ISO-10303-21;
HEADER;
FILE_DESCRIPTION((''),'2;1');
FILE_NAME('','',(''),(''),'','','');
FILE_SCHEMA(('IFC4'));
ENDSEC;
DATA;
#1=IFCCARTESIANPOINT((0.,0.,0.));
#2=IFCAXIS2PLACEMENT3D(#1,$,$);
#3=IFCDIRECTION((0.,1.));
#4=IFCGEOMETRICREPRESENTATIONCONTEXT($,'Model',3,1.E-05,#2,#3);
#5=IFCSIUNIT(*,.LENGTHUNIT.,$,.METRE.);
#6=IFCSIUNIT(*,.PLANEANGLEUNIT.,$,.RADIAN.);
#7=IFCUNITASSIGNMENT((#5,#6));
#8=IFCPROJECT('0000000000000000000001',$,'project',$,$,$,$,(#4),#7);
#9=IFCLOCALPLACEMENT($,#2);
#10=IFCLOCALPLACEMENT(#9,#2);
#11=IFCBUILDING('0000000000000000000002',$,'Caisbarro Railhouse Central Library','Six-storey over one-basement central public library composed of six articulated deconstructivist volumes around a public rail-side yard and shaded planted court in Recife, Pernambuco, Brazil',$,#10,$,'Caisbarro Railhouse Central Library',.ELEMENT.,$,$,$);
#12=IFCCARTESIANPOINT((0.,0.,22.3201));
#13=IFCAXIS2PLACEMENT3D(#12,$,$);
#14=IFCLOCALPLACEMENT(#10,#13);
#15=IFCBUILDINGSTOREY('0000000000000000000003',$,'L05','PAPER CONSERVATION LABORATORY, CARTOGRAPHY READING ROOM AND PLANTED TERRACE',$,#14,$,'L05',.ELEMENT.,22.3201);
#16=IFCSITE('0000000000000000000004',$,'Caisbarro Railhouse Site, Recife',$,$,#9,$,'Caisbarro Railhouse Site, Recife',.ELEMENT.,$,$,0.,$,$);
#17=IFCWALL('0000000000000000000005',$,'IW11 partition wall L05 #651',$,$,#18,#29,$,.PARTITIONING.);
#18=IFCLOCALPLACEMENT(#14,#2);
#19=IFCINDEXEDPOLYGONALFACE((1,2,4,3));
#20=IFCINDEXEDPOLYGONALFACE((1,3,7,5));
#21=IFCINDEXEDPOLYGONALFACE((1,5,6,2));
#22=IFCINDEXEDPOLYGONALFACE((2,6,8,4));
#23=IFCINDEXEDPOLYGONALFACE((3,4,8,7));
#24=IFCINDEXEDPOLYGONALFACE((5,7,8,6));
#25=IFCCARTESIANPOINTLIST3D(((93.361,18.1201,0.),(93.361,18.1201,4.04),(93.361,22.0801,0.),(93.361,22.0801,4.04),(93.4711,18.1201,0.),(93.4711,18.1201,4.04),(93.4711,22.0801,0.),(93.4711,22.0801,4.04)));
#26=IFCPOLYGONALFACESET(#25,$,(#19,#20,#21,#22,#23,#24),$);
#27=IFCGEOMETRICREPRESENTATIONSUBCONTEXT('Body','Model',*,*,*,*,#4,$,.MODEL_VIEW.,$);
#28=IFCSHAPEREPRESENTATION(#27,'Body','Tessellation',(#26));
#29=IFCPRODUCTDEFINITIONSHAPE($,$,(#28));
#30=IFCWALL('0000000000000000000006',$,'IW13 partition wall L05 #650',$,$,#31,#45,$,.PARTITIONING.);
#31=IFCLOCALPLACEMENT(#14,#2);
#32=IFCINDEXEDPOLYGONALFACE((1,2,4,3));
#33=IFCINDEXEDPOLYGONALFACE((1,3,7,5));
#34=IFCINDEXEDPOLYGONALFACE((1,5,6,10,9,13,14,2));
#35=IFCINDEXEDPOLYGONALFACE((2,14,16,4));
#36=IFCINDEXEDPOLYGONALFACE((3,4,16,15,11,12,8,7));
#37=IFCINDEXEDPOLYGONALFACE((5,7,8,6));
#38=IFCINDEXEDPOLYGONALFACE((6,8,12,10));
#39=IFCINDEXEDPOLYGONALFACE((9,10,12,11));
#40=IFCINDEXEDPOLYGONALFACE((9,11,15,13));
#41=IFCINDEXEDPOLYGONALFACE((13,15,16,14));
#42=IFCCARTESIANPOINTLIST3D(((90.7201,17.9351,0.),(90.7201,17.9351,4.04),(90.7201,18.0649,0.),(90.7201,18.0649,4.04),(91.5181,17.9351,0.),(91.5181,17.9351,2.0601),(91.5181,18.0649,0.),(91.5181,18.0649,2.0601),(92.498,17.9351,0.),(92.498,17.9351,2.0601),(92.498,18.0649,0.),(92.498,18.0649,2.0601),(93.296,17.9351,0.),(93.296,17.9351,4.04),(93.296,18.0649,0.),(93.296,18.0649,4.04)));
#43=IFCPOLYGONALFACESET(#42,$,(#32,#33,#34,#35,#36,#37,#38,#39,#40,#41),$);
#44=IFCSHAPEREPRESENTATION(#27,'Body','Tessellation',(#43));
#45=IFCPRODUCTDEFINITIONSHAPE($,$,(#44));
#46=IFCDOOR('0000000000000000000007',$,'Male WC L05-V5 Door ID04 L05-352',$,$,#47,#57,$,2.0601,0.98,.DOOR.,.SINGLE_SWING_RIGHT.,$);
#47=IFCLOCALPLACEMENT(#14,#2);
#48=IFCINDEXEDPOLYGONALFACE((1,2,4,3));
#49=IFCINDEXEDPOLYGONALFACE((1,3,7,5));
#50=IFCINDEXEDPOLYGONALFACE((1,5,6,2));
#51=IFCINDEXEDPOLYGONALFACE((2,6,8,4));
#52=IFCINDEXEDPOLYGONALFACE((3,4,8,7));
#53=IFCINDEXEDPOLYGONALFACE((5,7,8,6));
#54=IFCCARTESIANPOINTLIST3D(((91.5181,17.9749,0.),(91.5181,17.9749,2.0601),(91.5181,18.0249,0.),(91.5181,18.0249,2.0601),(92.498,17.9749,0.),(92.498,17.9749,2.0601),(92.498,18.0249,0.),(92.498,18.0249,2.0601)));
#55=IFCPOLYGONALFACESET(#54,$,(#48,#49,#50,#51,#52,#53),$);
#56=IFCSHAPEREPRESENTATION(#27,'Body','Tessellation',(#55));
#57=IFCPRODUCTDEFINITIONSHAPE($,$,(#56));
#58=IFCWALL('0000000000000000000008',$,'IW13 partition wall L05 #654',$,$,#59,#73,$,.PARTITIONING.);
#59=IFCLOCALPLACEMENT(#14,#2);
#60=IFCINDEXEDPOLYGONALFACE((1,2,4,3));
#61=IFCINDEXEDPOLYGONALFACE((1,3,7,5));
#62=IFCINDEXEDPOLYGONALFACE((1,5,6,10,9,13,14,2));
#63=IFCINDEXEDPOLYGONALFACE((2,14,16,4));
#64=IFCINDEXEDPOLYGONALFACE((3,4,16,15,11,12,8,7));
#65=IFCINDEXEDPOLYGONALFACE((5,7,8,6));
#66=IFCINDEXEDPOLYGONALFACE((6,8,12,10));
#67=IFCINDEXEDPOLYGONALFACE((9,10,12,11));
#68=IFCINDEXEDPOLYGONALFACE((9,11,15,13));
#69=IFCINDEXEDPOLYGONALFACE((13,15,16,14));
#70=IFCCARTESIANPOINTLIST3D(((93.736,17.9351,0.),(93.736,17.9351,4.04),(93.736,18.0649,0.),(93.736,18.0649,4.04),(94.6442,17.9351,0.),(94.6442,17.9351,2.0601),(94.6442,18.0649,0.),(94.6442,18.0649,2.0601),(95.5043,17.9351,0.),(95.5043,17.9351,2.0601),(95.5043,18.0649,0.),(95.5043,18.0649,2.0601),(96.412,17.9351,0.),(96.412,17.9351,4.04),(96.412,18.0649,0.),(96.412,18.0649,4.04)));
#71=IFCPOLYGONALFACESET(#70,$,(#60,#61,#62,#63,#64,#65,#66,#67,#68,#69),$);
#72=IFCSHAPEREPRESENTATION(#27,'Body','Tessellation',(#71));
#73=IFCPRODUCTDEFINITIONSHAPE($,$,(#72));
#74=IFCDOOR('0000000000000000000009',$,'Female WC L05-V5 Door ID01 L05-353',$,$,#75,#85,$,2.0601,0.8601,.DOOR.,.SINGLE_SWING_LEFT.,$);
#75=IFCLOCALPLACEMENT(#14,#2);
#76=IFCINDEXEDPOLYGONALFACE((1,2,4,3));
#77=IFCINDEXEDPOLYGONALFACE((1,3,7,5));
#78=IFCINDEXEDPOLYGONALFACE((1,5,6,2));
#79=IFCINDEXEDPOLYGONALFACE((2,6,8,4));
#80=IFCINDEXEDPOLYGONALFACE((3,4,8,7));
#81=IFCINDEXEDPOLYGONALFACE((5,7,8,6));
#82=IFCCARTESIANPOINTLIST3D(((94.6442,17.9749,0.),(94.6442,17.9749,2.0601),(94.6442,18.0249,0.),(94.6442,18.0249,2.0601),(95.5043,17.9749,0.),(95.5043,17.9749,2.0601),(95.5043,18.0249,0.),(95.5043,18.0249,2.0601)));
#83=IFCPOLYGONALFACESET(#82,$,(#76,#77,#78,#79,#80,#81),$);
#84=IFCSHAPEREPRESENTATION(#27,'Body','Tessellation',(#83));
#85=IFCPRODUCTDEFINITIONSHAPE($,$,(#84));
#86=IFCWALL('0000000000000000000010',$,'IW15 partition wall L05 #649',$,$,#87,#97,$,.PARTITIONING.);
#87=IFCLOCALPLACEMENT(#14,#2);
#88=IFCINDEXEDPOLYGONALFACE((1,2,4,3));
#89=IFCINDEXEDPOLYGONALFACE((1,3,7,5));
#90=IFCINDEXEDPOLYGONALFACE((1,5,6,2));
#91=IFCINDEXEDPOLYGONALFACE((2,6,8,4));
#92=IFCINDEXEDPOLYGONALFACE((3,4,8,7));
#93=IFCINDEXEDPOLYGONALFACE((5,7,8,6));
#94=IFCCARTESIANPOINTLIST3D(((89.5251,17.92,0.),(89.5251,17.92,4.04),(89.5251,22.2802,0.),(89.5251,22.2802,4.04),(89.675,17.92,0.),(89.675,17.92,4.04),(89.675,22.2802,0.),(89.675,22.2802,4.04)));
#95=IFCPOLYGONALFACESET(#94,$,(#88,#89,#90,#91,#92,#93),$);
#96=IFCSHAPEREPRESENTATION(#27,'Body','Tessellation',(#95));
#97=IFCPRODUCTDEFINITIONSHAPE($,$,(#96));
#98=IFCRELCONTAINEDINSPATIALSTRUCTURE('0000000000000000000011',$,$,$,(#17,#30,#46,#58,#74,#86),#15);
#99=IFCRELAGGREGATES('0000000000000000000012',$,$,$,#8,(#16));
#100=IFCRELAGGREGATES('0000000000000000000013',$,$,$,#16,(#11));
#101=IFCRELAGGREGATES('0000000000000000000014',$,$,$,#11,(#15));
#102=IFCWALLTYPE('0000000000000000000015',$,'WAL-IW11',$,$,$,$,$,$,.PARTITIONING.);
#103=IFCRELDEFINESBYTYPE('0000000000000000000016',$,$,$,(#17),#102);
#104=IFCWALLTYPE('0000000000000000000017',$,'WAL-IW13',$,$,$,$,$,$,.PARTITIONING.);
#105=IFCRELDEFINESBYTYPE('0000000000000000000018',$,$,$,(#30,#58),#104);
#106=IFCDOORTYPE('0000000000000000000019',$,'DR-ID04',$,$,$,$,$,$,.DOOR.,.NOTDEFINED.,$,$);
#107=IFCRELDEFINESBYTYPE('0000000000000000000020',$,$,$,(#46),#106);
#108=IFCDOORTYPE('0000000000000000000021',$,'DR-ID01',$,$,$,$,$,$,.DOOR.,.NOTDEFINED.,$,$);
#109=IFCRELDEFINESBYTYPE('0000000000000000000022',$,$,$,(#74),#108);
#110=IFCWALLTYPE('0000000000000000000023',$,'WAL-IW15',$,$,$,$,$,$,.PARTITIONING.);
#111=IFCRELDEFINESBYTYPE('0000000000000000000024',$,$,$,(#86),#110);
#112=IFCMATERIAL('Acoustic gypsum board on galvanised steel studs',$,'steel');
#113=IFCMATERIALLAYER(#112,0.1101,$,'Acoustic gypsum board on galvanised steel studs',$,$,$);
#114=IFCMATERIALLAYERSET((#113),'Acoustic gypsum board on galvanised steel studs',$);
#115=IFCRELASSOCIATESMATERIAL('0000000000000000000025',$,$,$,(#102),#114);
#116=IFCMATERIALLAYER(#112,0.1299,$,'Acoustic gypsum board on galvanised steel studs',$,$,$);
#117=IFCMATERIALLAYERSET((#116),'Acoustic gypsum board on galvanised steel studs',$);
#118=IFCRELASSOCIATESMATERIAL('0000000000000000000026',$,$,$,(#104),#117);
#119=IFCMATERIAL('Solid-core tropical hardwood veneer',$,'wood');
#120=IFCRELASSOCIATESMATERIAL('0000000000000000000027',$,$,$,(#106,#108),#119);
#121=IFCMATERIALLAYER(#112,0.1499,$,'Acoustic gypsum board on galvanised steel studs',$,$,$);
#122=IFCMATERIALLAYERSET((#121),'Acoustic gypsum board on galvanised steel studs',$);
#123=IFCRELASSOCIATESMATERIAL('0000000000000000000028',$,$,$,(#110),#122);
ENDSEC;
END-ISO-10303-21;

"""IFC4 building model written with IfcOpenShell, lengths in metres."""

from ifc_helpers import new_model, si_unit, direction, frame, frame_2d, origin, place, context, subcontext, project, spatial, rectangle, extrude, material, layer, layer_set, type_object, element, fill, save


model = new_model("IFC4")

# Units and contexts
model_context = context("Model", 3, precision=1e-05, world=origin(), true_north=direction((0.0, 1.0)))
body_context = subcontext(model_context, "Body", "Model", "MODEL_VIEW")
ifc_project = project(units=[si_unit("LENGTHUNIT", "METRE"), si_unit("PLANEANGLEUNIT", "RADIAN")], contexts=[model_context])

# Site, building, storey
site_placement = place(None, origin())
site = spatial("IfcSite", under=ifc_project, at=site_placement, Name="Caisbarro Railhouse Site, Recife", LongName="Caisbarro Railhouse Site, Recife", CompositionType="ELEMENT", RefElevation=0.0)
building_placement = place(site_placement, origin())
building = spatial("IfcBuilding", under=site, at=building_placement, Name="Caisbarro Railhouse Central Library", Description="Six-storey over one-basement central public library composed of six articulated deconstructivist volumes around a public rail-side yard and shaded planted court in Recife, Pernambuco, Brazil", LongName="Caisbarro Railhouse Central Library", CompositionType="ELEMENT")
storey_placement = place(building_placement, frame((0.0, 0.0, 22.3201)))
storey = spatial("IfcBuildingStorey", under=building, at=storey_placement, Name="L05", Description="PAPER CONSERVATION LABORATORY, CARTOGRAPHY READING ROOM AND PLANTED TERRACE", LongName="L05", CompositionType="ELEMENT", Elevation=22.3201)

# Wall
ifc_material_1 = material(Name="Acoustic gypsum board on galvanised steel studs", Category="steel")
ifc_layer_1 = layer(ifc_material_1, 0.1101, Name="Acoustic gypsum board on galvanised steel studs")
ifc_layer_set_1 = layer_set([ifc_layer_1], Name="Acoustic gypsum board on galvanised steel studs")
wall_type_1 = type_object("IfcWallType", Name="WAL-IW11", PredefinedType="PARTITIONING", material=ifc_layer_set_1)
wall_1_placement = place(storey_placement, frame((93.416, 18.1201, 0.0), z_axis=(0.0, 0.0, 1.0), x_axis=(0.0, 1.0, 0.0)))
element("IfcWall", 1, at=wall_1_placement, inside=storey, type_object=wall_type_1, Name="IW11 partition wall L05 #651", PredefinedType="PARTITIONING", context=body_context, shape_type="SweptSolid", body=[
    extrude(rectangle(XDim=3.96, YDim=0.1101, at=frame_2d((1.98, 0.0))), origin(), (0.0, 0.0, 1.0), 4.04),
])

# Walls, openings, doors
ifc_layer_2 = layer(ifc_material_1, 0.1299, Name="Acoustic gypsum board on galvanised steel studs")
ifc_layer_set_2 = layer_set([ifc_layer_2], Name="Acoustic gypsum board on galvanised steel studs")
wall_type_2 = type_object("IfcWallType", Name="WAL-IW13", PredefinedType="PARTITIONING", material=ifc_layer_set_2)
wall_2_placement = place(storey_placement, frame((90.72, 18.0, 0.0), z_axis=(0.0, 0.0, 1.0), x_axis=(1.0, 0.0, 0.0)))
wall_2 = element("IfcWall", 2, at=wall_2_placement, inside=storey, type_object=wall_type_2, Name="IW13 partition wall L05 #650", PredefinedType="PARTITIONING", context=body_context, shape_type="SweptSolid", body=[
    extrude(rectangle(XDim=2.5759, YDim=0.1299, at=frame_2d((1.2881, 0.0))), origin(), (0.0, 0.0, 1.0), 4.04),
])
opening_1_placement = place(wall_2_placement, frame((0.7981, 0.0, 0.0)))
opening_1 = element("IfcOpeningElement", 3, at=opening_1_placement, cuts=wall_2, PredefinedType="OPENING", context=body_context, shape_type="SweptSolid", body=[
    extrude(rectangle(XDim=0.98, YDim=2.0601, at=frame_2d((0.49, 1.03))), frame((0.0, 0.075, 0.0), z_axis=(0.0, -1.0, 0.0), x_axis=(1.0, 0.0, 0.0)), (0.0, 0.0, 1.0), 0.1499),
])
ifc_material_2 = material(Name="Solid-core tropical hardwood veneer", Category="wood")
door_type_1 = type_object("IfcDoorType", Name="DR-ID04", OperationType="NOTDEFINED", PredefinedType="DOOR", material=ifc_material_2)
door_1_placement = place(opening_1_placement, origin())
door_1 = element("IfcDoor", 4, at=door_1_placement, inside=storey, type_object=door_type_1, Name="Male WC L05-V5 Door ID04 L05-352", OperationType="SINGLE_SWING_RIGHT", OverallHeight=2.0601, OverallWidth=0.98, PredefinedType="DOOR", context=body_context, shape_type="SweptSolid", body=[
    extrude(rectangle(XDim=0.98, YDim=2.0601, at=frame_2d((0.49, 1.03))), frame((0.0, 0.0249, 0.0), z_axis=(0.0, -1.0, 0.0), x_axis=(1.0, 0.0, 0.0)), (0.0, 0.0, 1.0), 0.05),
])
fill(opening_1, door_1)
wall_3_placement = place(storey_placement, frame((93.7361, 18.0, 0.0), z_axis=(0.0, 0.0, 1.0), x_axis=(1.0, 0.0, 0.0)))
wall_3 = element("IfcWall", 5, at=wall_3_placement, inside=storey, type_object=wall_type_2, Name="IW13 partition wall L05 #654", PredefinedType="PARTITIONING", context=body_context, shape_type="SweptSolid", body=[
    extrude(rectangle(XDim=2.676, YDim=0.1299, at=frame_2d((1.3379, 0.0))), origin(), (0.0, 0.0, 1.0), 4.04),
])
opening_2_placement = place(wall_3_placement, frame((0.908, 0.0, 0.0)))
opening_2 = element("IfcOpeningElement", 6, at=opening_2_placement, cuts=wall_3, PredefinedType="OPENING", context=body_context, shape_type="SweptSolid", body=[
    extrude(rectangle(XDim=0.8601, YDim=2.0601, at=frame_2d((0.4302, 1.03))), frame((0.0, 0.075, 0.0), z_axis=(0.0, -1.0, 0.0), x_axis=(1.0, 0.0, 0.0)), (0.0, 0.0, 1.0), 0.1499),
])
door_type_2 = type_object("IfcDoorType", Name="DR-ID01", OperationType="NOTDEFINED", PredefinedType="DOOR", material=ifc_material_2)
door_2_placement = place(opening_2_placement, origin())
door_2 = element("IfcDoor", 7, at=door_2_placement, inside=storey, type_object=door_type_2, Name="Female WC L05-V5 Door ID01 L05-353", OperationType="SINGLE_SWING_LEFT", OverallHeight=2.0601, OverallWidth=0.8601, PredefinedType="DOOR", context=body_context, shape_type="SweptSolid", body=[
    extrude(rectangle(XDim=0.8601, YDim=2.0601, at=frame_2d((0.4302, 1.03))), frame((0.0, 0.0249, 0.0), z_axis=(0.0, -1.0, 0.0), x_axis=(1.0, 0.0, 0.0)), (0.0, 0.0, 1.0), 0.05),
])
fill(opening_2, door_2)

# Wall
ifc_layer_3 = layer(ifc_material_1, 0.1499, Name="Acoustic gypsum board on galvanised steel studs")
ifc_layer_set_3 = layer_set([ifc_layer_3], Name="Acoustic gypsum board on galvanised steel studs")
wall_type_3 = type_object("IfcWallType", Name="WAL-IW15", PredefinedType="PARTITIONING", material=ifc_layer_set_3)
wall_4_placement = place(storey_placement, frame((89.6001, 17.9199, 0.0), z_axis=(0.0, 0.0, 1.0), x_axis=(0.0, 1.0, 0.0)))
element("IfcWall", 8, at=wall_4_placement, inside=storey, type_object=wall_type_3, Name="IW15 partition wall L05 #649", PredefinedType="PARTITIONING", context=body_context, shape_type="SweptSolid", body=[
    extrude(rectangle(XDim=4.3601, YDim=0.1499, at=frame_2d((2.1802, 0.0))), origin(), (0.0, 0.0, 1.0), 4.04),
])

save(model, "model.ifc")
